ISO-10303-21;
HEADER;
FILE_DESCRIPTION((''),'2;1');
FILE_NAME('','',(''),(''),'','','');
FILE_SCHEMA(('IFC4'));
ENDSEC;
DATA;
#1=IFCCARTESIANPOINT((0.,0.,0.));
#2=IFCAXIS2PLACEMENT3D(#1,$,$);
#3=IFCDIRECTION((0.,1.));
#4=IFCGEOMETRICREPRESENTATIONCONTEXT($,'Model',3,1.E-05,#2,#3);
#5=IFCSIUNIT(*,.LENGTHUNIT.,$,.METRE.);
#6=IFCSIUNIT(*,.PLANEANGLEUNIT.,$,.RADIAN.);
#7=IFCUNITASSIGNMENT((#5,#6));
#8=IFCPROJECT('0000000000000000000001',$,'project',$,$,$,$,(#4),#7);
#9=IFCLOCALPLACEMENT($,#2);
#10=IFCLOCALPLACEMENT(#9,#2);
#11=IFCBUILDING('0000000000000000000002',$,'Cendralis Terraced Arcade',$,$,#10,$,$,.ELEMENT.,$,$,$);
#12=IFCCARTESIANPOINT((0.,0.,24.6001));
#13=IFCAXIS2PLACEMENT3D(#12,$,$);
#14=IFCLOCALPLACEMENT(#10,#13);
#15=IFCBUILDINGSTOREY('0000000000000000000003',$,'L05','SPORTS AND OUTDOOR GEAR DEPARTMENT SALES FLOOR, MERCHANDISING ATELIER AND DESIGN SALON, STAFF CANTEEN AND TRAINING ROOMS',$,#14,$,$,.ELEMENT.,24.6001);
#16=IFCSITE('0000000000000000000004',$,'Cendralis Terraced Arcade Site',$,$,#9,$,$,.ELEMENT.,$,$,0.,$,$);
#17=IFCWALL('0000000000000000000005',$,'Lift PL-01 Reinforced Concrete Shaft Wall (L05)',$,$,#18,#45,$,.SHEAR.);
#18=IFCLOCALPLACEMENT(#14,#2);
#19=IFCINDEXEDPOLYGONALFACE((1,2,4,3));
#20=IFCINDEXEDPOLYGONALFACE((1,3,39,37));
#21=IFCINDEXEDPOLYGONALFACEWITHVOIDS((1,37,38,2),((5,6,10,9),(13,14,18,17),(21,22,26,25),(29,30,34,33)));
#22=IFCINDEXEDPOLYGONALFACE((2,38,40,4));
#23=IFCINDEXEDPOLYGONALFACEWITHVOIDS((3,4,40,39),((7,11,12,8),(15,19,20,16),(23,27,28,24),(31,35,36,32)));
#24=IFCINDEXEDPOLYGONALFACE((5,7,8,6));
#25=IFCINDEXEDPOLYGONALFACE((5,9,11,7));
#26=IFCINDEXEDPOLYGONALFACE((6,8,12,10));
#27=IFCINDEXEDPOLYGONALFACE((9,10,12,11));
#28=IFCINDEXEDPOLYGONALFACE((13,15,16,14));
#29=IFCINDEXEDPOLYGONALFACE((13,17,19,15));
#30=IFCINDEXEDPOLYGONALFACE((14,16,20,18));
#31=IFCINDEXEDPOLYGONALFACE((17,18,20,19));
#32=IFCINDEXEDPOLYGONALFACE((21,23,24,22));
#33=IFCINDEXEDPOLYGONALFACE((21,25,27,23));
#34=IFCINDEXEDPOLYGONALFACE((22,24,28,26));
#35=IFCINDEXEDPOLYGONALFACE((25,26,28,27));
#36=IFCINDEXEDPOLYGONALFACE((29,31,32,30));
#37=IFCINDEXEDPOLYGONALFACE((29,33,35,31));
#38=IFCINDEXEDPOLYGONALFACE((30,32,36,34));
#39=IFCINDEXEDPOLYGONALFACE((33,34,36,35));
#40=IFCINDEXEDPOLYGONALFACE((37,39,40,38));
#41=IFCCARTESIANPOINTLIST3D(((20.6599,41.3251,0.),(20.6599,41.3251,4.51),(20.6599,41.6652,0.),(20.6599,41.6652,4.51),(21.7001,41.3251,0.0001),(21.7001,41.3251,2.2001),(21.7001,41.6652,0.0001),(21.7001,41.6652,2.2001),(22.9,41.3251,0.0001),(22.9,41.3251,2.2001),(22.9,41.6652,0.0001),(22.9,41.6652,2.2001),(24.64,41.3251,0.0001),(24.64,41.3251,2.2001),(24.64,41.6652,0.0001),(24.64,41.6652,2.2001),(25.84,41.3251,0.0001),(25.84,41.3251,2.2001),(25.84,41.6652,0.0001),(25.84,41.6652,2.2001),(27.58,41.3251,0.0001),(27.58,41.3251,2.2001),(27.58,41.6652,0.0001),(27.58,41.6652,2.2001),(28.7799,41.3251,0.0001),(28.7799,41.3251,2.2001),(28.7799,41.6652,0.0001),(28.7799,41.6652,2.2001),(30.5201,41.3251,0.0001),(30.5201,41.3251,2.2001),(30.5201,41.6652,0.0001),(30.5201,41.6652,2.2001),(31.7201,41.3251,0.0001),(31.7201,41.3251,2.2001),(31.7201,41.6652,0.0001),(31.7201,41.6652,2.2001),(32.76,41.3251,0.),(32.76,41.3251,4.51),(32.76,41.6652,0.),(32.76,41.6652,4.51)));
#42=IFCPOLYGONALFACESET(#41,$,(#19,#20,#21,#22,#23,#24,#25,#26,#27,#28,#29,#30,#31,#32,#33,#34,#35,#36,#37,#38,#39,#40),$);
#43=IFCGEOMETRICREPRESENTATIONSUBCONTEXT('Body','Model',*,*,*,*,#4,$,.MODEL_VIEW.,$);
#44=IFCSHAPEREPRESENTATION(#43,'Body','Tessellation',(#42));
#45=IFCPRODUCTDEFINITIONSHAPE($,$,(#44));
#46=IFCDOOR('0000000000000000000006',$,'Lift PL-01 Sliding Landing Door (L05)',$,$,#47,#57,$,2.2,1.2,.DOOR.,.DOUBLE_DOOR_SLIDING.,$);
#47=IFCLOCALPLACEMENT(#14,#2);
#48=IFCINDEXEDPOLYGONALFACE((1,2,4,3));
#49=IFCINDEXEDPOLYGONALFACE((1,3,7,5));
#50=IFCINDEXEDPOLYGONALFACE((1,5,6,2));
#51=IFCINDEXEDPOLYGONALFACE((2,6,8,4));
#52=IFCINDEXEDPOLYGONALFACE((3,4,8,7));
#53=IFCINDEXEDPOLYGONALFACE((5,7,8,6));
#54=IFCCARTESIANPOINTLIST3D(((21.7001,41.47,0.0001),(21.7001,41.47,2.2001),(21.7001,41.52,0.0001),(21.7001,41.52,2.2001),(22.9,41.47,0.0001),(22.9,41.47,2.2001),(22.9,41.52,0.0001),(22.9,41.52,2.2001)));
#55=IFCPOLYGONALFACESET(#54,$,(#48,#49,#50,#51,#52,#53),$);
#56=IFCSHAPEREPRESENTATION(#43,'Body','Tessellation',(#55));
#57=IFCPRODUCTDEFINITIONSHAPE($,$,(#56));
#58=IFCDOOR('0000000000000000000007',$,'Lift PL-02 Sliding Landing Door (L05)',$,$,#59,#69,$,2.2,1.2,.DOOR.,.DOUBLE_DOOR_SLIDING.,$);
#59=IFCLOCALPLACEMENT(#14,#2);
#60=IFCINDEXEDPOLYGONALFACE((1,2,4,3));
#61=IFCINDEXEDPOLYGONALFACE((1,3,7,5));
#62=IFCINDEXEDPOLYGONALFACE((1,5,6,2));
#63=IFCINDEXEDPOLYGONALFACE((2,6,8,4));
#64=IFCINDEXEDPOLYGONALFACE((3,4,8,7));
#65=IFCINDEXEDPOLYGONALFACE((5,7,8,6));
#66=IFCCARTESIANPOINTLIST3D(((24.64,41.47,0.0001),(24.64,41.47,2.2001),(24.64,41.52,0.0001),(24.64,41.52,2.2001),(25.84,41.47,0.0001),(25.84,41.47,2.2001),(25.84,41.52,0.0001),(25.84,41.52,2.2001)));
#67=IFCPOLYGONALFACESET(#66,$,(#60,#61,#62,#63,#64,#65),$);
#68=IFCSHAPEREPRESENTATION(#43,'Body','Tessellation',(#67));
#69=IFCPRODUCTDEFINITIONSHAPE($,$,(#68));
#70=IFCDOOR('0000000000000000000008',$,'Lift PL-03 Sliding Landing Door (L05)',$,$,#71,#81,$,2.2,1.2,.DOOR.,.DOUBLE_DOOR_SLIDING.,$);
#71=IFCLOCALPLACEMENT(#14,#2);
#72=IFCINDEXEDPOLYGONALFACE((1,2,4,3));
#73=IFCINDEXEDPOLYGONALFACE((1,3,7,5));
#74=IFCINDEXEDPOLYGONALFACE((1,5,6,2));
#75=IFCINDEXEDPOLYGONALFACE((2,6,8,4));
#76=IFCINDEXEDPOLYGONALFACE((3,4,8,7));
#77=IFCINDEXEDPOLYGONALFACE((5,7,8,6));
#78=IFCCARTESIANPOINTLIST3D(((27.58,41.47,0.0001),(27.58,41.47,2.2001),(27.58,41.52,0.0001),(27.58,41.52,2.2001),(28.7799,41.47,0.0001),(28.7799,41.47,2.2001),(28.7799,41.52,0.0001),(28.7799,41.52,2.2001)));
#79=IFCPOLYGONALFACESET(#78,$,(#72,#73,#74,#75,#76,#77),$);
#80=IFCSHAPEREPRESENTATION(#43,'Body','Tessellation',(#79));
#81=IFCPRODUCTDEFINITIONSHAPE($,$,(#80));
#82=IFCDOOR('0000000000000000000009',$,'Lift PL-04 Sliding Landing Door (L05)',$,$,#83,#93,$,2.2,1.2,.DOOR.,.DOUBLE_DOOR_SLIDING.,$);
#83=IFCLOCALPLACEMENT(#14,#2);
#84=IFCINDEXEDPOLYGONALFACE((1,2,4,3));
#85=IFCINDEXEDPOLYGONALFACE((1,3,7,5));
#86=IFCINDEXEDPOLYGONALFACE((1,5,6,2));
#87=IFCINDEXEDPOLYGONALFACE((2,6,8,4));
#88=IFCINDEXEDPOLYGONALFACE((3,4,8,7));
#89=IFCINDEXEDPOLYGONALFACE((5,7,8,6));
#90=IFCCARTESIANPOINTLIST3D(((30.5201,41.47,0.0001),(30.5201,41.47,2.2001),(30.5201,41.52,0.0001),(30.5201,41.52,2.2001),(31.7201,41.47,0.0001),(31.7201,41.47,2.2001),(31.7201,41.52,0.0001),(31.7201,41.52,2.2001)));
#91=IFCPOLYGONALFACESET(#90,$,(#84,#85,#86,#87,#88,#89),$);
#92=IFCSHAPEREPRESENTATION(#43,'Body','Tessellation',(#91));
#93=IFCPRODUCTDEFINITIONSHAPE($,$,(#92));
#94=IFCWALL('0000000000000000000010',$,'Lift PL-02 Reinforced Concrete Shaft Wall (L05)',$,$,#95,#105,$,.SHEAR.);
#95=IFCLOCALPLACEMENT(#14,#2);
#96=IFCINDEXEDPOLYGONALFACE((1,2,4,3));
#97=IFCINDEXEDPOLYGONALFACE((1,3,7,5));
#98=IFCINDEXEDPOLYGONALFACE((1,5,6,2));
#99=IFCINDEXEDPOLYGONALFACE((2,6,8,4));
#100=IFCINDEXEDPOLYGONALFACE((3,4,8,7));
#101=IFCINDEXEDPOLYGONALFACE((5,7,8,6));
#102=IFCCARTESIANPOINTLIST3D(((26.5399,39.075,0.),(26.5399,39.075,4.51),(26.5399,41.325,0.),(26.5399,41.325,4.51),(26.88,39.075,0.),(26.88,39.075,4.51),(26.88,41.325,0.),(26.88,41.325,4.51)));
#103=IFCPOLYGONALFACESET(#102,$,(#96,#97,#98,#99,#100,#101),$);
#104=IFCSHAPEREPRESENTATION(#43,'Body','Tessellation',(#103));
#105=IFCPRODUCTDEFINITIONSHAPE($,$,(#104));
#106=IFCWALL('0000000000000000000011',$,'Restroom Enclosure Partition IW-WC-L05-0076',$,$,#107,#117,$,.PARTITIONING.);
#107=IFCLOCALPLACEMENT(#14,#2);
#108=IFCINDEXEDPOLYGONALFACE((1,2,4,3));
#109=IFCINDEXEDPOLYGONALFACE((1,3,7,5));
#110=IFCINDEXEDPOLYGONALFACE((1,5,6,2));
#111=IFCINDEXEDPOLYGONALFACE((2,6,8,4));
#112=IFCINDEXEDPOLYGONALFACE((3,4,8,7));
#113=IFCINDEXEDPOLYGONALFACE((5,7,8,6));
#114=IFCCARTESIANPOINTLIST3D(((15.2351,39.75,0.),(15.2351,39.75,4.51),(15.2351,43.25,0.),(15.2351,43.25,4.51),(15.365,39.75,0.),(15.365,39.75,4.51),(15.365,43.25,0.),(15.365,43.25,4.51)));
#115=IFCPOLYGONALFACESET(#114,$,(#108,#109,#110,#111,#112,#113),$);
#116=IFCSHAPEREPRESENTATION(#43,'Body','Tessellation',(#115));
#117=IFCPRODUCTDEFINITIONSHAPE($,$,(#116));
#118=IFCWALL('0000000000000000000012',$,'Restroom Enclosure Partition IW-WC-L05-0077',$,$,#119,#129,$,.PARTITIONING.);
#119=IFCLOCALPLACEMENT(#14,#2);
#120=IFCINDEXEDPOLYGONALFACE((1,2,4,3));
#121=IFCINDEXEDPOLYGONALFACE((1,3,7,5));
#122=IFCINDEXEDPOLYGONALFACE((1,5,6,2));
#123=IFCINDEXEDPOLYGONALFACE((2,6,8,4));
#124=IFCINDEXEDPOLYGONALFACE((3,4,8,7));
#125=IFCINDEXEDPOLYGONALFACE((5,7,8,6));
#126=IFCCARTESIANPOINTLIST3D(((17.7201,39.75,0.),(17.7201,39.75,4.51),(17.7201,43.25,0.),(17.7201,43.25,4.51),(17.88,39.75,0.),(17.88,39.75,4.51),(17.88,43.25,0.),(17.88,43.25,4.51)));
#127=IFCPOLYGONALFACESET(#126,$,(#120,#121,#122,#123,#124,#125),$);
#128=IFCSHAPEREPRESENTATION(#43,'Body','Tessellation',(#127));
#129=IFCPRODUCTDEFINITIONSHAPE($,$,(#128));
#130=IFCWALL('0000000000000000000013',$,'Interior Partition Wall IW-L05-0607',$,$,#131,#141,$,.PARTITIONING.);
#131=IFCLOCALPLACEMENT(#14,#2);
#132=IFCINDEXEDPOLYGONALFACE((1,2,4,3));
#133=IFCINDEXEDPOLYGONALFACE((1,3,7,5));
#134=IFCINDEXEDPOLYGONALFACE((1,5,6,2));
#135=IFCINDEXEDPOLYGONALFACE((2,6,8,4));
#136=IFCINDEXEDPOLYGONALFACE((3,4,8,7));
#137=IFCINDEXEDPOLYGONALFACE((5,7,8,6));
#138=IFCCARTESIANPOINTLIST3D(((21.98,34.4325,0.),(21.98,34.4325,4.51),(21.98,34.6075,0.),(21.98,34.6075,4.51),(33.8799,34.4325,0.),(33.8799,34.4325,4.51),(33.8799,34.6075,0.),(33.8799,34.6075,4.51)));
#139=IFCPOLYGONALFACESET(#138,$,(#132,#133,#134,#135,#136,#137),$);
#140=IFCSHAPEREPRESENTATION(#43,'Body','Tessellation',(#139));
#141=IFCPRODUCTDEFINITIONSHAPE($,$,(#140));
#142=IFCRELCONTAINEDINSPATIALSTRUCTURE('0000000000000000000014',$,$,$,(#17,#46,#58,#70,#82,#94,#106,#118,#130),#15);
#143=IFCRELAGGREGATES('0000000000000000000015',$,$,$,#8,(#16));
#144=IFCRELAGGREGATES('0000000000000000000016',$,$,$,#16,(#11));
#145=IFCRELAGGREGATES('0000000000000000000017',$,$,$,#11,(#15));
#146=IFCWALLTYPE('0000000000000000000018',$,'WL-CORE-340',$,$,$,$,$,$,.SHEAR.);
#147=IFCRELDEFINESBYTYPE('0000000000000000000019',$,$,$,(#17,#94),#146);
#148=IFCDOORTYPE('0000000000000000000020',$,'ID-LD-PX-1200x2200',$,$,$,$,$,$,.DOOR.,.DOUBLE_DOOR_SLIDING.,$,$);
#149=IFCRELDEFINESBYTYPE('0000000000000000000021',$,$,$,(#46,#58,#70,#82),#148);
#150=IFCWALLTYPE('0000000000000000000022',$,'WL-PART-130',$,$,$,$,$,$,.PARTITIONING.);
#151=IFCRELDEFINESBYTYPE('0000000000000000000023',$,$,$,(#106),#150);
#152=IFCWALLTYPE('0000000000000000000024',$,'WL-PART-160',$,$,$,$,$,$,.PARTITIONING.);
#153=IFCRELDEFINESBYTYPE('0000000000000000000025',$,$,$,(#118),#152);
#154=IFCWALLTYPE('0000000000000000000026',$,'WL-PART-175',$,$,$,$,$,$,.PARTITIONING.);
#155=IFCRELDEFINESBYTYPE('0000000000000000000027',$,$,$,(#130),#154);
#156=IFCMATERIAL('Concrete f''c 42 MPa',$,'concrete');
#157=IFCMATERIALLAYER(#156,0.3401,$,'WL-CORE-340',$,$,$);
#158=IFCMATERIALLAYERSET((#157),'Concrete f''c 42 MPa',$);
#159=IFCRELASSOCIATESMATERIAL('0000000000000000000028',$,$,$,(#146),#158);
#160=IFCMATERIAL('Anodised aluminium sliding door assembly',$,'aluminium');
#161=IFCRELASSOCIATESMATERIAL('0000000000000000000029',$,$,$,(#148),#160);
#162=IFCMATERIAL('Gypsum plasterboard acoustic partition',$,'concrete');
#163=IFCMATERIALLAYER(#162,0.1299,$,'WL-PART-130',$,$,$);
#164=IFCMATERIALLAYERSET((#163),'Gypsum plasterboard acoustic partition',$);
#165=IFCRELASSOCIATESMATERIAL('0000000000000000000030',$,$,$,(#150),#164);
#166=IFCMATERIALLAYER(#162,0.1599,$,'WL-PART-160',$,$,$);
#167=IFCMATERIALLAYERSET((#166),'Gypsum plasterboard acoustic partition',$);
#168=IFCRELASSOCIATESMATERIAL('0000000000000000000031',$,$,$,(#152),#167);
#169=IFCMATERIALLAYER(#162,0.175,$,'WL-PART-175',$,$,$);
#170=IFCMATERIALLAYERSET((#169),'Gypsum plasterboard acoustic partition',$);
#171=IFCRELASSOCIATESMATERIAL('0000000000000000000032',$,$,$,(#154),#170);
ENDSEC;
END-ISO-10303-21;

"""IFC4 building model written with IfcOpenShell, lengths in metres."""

from ifc_helpers import new_model, si_unit, direction, frame, frame_2d, origin, place, context, subcontext, project, spatial, rectangle, extrude, material, layer, layer_set, type_object, element, fill, save


model = new_model("IFC4")

# Units and contexts
model_context = context("Model", 3, precision=1e-05, world=origin(), true_north=direction((0.0, 1.0)))
body_context = subcontext(model_context, "Body", "Model", "MODEL_VIEW")
ifc_project = project(units=[si_unit("LENGTHUNIT", "METRE"), si_unit("PLANEANGLEUNIT", "RADIAN")], contexts=[model_context])

# Site, building, storey
site_placement = place(None, origin())
site = spatial("IfcSite", under=ifc_project, at=site_placement, Name="Cendralis Terraced Arcade Site", CompositionType="ELEMENT", RefElevation=0.0)
building_placement = place(site_placement, origin())
building = spatial("IfcBuilding", under=site, at=building_placement, Name="Cendralis Terraced Arcade", CompositionType="ELEMENT")
storey_placement = place(building_placement, frame((0.0, 0.0, 24.6001)))
storey = spatial("IfcBuildingStorey", under=building, at=storey_placement, Name="L05", Description="SPORTS AND OUTDOOR GEAR DEPARTMENT SALES FLOOR, MERCHANDISING ATELIER AND DESIGN SALON, STAFF CANTEEN AND TRAINING ROOMS", CompositionType="ELEMENT", Elevation=24.6001)

# Shared definitions
ifc_material_1 = material(Name="Concrete f'c 42 MPa", Category="concrete")

# Shared definitions
ifc_material_2 = material(Name="Gypsum plasterboard acoustic partition", Category="concrete")
ifc_layer_1 = layer(ifc_material_1, 0.3401, Name="WL-CORE-340")
ifc_layer_set_1 = layer_set([ifc_layer_1], Name="Concrete f'c 42 MPa")
wall_type_1 = type_object("IfcWallType", Name="WL-CORE-340", PredefinedType="SHEAR", material=ifc_layer_set_1)

# Wall, openings, doors
wall_1_placement = place(storey_placement, frame((20.6599, 41.4951, 0.0), z_axis=(0.0, 0.0, 1.0), x_axis=(1.0, 0.0, 0.0)))
wall_1 = element("IfcWall", 1, at=wall_1_placement, inside=storey, type_object=wall_type_1, Name="Lift PL-01 Reinforced Concrete Shaft Wall (L05)", PredefinedType="SHEAR", context=body_context, shape_type="SweptSolid", body=[
    extrude(rectangle(XDim=12.1001, YDim=0.3401, at=frame_2d((6.05, 0.0))), origin(), (0.0, 0.0, 1.0), 4.51),
])
opening_1_placement = place(wall_1_placement, frame((1.04, 0.0, 0.0)))
opening_1 = element("IfcOpeningElement", 2, at=opening_1_placement, cuts=wall_1, PredefinedType="OPENING", context=body_context, shape_type="SweptSolid", body=[
    extrude(rectangle(XDim=1.2, YDim=2.2, at=frame_2d((0.6001, 1.1001))), frame((0.0, 0.1821, 0.0), z_axis=(0.0, -1.0, 0.0), x_axis=(1.0, 0.0, 0.0)), (0.0, 0.0, 1.0), 0.364),
])
opening_2_placement = place(wall_1_placement, frame((3.98, 0.0, 0.0)))
opening_2 = element("IfcOpeningElement", 3, at=opening_2_placement, cuts=wall_1, PredefinedType="OPENING", context=body_context, shape_type="SweptSolid", body=[
    extrude(rectangle(XDim=1.2, YDim=2.2, at=frame_2d((0.6001, 1.1001))), frame((0.0, 0.1821, 0.0), z_axis=(0.0, -1.0, 0.0), x_axis=(1.0, 0.0, 0.0)), (0.0, 0.0, 1.0), 0.364),
])
opening_3_placement = place(wall_1_placement, frame((6.9199, 0.0, 0.0)))
opening_3 = element("IfcOpeningElement", 4, at=opening_3_placement, cuts=wall_1, PredefinedType="OPENING", context=body_context, shape_type="SweptSolid", body=[
    extrude(rectangle(XDim=1.2, YDim=2.2, at=frame_2d((0.6001, 1.1001))), frame((0.0, 0.1821, 0.0), z_axis=(0.0, -1.0, 0.0), x_axis=(1.0, 0.0, 0.0)), (0.0, 0.0, 1.0), 0.364),
])
opening_4_placement = place(wall_1_placement, frame((9.8601, 0.0, 0.0)))
opening_4 = element("IfcOpeningElement", 5, at=opening_4_placement, cuts=wall_1, PredefinedType="OPENING", context=body_context, shape_type="SweptSolid", body=[
    extrude(rectangle(XDim=1.2, YDim=2.2, at=frame_2d((0.6001, 1.1001))), frame((0.0, 0.1821, 0.0), z_axis=(0.0, -1.0, 0.0), x_axis=(1.0, 0.0, 0.0)), (0.0, 0.0, 1.0), 0.364),
])
ifc_material_3 = material(Name="Anodised aluminium sliding door assembly", Category="aluminium")
door_type_1 = type_object("IfcDoorType", Name="ID-LD-PX-1200x2200", OperationType="DOUBLE_DOOR_SLIDING", PredefinedType="DOOR", material=ifc_material_3)
door_1_placement = place(opening_1_placement, origin())
door_1 = element("IfcDoor", 6, at=door_1_placement, inside=storey, type_object=door_type_1, Name="Lift PL-01 Sliding Landing Door (L05)", OperationType="DOUBLE_DOOR_SLIDING", OverallHeight=2.2, OverallWidth=1.2, PredefinedType="DOOR", context=body_context, shape_type="SweptSolid", body=[
    extrude(rectangle(XDim=1.2, YDim=2.2, at=frame_2d((0.6001, 1.1001))), frame((0.0, 0.0249, 0.0), z_axis=(0.0, -1.0, 0.0), x_axis=(1.0, 0.0, 0.0)), (0.0, 0.0, 1.0), 0.05),
])
fill(opening_1, door_1)
door_2_placement = place(opening_2_placement, origin())
door_2 = element("IfcDoor", 7, at=door_2_placement, inside=storey, type_object=door_type_1, Name="Lift PL-02 Sliding Landing Door (L05)", OperationType="DOUBLE_DOOR_SLIDING", OverallHeight=2.2, OverallWidth=1.2, PredefinedType="DOOR", context=body_context, shape_type="SweptSolid", body=[
    extrude(rectangle(XDim=1.2, YDim=2.2, at=frame_2d((0.6001, 1.1001))), frame((0.0, 0.0249, 0.0), z_axis=(0.0, -1.0, 0.0), x_axis=(1.0, 0.0, 0.0)), (0.0, 0.0, 1.0), 0.05),
])
fill(opening_2, door_2)
door_3_placement = place(opening_3_placement, origin())
door_3 = element("IfcDoor", 8, at=door_3_placement, inside=storey, type_object=door_type_1, Name="Lift PL-03 Sliding Landing Door (L05)", OperationType="DOUBLE_DOOR_SLIDING", OverallHeight=2.2, OverallWidth=1.2, PredefinedType="DOOR", context=body_context, shape_type="SweptSolid", body=[
    extrude(rectangle(XDim=1.2, YDim=2.2, at=frame_2d((0.6001, 1.1001))), frame((0.0, 0.0249, 0.0), z_axis=(0.0, -1.0, 0.0), x_axis=(1.0, 0.0, 0.0)), (0.0, 0.0, 1.0), 0.05),
])
fill(opening_3, door_3)
door_4_placement = place(opening_4_placement, origin())
door_4 = element("IfcDoor", 9, at=door_4_placement, inside=storey, type_object=door_type_1, Name="Lift PL-04 Sliding Landing Door (L05)", OperationType="DOUBLE_DOOR_SLIDING", OverallHeight=2.2, OverallWidth=1.2, PredefinedType="DOOR", context=body_context, shape_type="SweptSolid", body=[
    extrude(rectangle(XDim=1.2, YDim=2.2, at=frame_2d((0.6001, 1.1001))), frame((0.0, 0.0249, 0.0), z_axis=(0.0, -1.0, 0.0), x_axis=(1.0, 0.0, 0.0)), (0.0, 0.0, 1.0), 0.05),
])
fill(opening_4, door_4)

# Walls
wall_2_placement = place(storey_placement, frame((26.71, 39.075, 0.0), z_axis=(0.0, 0.0, 1.0), x_axis=(0.0, 1.0, 0.0)))
element("IfcWall", 10, at=wall_2_placement, inside=storey, type_object=wall_type_1, Name="Lift PL-02 Reinforced Concrete Shaft Wall (L05)", PredefinedType="SHEAR", context=body_context, shape_type="SweptSolid", body=[
    extrude(rectangle(XDim=2.25, YDim=0.3401, at=frame_2d((1.125, 0.0))), origin(), (0.0, 0.0, 1.0), 4.51),
])
ifc_layer_2 = layer(ifc_material_2, 0.1299, Name="WL-PART-130")
ifc_layer_set_2 = layer_set([ifc_layer_2], Name="Gypsum plasterboard acoustic partition")
wall_type_2 = type_object("IfcWallType", Name="WL-PART-130", PredefinedType="PARTITIONING", material=ifc_layer_set_2)
wall_3_placement = place(storey_placement, frame((15.3, 39.75, 0.0), z_axis=(0.0, 0.0, 1.0), x_axis=(0.0, 1.0, 0.0)))
element("IfcWall", 11, at=wall_3_placement, inside=storey, type_object=wall_type_2, Name="Restroom Enclosure Partition IW-WC-L05-0076", PredefinedType="PARTITIONING", context=body_context, shape_type="SweptSolid", body=[
    extrude(rectangle(XDim=3.5, YDim=0.1299, at=frame_2d((1.75, 0.0))), origin(), (0.0, 0.0, 1.0), 4.51),
])
ifc_layer_3 = layer(ifc_material_2, 0.1599, Name="WL-PART-160")
ifc_layer_set_3 = layer_set([ifc_layer_3], Name="Gypsum plasterboard acoustic partition")
wall_type_3 = type_object("IfcWallType", Name="WL-PART-160", PredefinedType="PARTITIONING", material=ifc_layer_set_3)
wall_4_placement = place(storey_placement, frame((17.8, 39.75, 0.0), z_axis=(0.0, 0.0, 1.0), x_axis=(0.0, 1.0, 0.0)))
element("IfcWall", 12, at=wall_4_placement, inside=storey, type_object=wall_type_3, Name="Restroom Enclosure Partition IW-WC-L05-0077", PredefinedType="PARTITIONING", context=body_context, shape_type="SweptSolid", body=[
    extrude(rectangle(XDim=3.5, YDim=0.1599, at=frame_2d((1.75, 0.0))), origin(), (0.0, 0.0, 1.0), 4.51),
])

# Wall
ifc_layer_4 = layer(ifc_material_2, 0.175, Name="WL-PART-175")
ifc_layer_set_4 = layer_set([ifc_layer_4], Name="Gypsum plasterboard acoustic partition")
wall_type_4 = type_object("IfcWallType", Name="WL-PART-175", PredefinedType="PARTITIONING", material=ifc_layer_set_4)
wall_5_placement = place(storey_placement, frame((21.98, 34.52, 0.0), z_axis=(0.0, 0.0, 1.0), x_axis=(1.0, 0.0, 0.0)))
element("IfcWall", 13, at=wall_5_placement, inside=storey, type_object=wall_type_4, Name="Interior Partition Wall IW-L05-0607", PredefinedType="PARTITIONING", context=body_context, shape_type="SweptSolid", body=[
    extrude(rectangle(XDim=11.8999, YDim=0.175, at=frame_2d((5.95, 0.0))), origin(), (0.0, 0.0, 1.0), 4.51),
])

save(model, "model.ifc")
